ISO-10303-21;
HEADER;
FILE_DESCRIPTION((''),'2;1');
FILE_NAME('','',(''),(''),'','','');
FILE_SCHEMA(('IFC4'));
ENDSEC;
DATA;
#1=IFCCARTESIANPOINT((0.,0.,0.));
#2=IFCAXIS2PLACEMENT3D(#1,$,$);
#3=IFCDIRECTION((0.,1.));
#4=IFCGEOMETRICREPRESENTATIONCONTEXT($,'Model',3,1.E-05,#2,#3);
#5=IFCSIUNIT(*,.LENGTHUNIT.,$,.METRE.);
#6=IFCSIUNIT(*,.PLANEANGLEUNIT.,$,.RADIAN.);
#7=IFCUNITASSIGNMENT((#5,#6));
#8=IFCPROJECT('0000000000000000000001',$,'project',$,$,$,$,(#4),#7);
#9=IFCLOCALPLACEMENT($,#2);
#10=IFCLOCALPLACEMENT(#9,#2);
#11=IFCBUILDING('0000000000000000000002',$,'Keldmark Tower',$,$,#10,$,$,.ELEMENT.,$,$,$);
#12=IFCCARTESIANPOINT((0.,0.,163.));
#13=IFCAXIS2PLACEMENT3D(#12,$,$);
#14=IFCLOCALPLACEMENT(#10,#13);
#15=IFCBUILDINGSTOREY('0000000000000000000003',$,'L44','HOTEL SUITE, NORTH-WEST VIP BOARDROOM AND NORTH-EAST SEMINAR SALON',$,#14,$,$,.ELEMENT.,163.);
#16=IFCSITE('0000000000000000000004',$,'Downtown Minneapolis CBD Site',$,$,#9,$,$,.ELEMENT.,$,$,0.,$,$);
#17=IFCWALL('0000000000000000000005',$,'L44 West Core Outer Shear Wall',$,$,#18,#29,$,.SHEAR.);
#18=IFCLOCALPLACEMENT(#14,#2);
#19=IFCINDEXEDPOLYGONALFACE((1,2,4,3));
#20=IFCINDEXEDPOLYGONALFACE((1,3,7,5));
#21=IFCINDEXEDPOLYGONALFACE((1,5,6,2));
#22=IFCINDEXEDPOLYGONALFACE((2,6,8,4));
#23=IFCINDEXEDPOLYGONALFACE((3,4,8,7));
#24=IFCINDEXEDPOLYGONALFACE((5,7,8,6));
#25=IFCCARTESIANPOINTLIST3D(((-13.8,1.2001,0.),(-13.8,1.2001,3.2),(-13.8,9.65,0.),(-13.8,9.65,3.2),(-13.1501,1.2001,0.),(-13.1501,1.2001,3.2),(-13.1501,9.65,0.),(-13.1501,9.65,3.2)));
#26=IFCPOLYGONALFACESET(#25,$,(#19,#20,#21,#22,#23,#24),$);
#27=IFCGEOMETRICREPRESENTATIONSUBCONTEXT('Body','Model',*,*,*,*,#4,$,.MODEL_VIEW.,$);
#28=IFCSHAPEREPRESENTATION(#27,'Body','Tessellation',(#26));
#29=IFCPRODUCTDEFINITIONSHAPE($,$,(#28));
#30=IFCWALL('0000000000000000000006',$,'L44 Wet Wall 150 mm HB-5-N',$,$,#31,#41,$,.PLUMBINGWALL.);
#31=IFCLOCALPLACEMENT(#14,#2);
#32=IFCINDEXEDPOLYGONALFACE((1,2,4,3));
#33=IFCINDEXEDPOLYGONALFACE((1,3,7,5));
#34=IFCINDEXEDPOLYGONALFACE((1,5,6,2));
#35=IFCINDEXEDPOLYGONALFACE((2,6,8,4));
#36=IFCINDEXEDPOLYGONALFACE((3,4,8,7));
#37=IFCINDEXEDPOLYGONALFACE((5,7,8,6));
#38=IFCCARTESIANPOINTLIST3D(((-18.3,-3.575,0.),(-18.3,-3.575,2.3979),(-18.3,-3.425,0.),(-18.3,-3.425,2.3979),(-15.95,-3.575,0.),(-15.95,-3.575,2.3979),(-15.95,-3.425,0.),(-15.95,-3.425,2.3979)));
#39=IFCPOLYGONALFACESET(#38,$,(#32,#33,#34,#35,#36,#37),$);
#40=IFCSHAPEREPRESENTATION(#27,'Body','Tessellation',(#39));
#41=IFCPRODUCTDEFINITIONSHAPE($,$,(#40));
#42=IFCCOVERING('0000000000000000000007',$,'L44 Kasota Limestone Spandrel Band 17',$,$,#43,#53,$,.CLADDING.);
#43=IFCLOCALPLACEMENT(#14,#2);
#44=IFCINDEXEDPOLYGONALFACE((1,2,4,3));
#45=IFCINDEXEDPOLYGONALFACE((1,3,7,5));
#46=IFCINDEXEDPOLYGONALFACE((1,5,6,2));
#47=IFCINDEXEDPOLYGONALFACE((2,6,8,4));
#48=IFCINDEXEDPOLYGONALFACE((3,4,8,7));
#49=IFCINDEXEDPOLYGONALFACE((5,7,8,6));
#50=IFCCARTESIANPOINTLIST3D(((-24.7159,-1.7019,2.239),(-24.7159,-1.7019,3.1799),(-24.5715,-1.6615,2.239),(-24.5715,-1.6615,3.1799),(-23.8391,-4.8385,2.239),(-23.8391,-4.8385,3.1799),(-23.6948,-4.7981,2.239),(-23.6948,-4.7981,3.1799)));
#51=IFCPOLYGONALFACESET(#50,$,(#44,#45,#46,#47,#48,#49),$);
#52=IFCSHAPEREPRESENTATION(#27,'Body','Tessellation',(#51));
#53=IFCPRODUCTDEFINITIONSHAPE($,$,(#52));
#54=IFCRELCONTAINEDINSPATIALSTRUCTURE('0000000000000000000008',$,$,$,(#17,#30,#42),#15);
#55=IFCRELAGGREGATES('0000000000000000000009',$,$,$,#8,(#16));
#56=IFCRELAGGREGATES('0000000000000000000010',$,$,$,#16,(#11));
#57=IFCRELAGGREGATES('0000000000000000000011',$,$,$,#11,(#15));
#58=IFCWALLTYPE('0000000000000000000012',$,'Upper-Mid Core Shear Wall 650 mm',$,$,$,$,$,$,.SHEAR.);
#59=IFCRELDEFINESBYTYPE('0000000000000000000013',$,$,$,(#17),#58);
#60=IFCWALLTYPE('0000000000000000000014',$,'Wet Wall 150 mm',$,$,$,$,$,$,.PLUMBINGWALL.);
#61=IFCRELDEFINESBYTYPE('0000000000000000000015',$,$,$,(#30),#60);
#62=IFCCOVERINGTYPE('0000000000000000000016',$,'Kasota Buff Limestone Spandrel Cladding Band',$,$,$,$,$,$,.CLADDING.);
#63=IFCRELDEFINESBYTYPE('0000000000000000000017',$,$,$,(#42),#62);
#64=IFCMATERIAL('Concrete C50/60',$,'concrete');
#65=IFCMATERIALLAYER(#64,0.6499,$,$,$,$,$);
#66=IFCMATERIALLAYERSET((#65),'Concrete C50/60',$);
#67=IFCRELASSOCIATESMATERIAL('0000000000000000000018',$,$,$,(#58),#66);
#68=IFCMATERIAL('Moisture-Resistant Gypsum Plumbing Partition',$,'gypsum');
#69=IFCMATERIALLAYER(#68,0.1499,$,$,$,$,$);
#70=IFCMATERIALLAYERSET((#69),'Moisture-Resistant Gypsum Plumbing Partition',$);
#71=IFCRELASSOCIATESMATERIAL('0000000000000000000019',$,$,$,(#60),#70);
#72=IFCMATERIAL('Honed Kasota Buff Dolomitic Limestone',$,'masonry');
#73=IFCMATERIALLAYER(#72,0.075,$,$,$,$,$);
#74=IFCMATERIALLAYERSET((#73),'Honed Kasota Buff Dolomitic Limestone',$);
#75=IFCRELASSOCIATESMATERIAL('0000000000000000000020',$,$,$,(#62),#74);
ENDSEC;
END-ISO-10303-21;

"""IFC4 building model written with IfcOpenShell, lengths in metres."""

from ifc_helpers import new_model, si_unit, direction, frame, frame_2d, origin, origin_2d, place, context, subcontext, project, spatial, rectangle, extrude, material, layer, layer_set, type_object, element, save


model = new_model("IFC4")

# Units and contexts
model_context = context("Model", 3, precision=1e-05, world=origin(), true_north=direction((0.0, 1.0)))
body_context = subcontext(model_context, "Body", "Model", "MODEL_VIEW")
ifc_project = project(units=[si_unit("LENGTHUNIT", "METRE"), si_unit("PLANEANGLEUNIT", "RADIAN")], contexts=[model_context])

# Site, building, storey
site_placement = place(None, origin())
site = spatial("IfcSite", under=ifc_project, at=site_placement, Name="Downtown Minneapolis CBD Site", CompositionType="ELEMENT", RefElevation=0.0)
building_placement = place(site_placement, origin())
building = spatial("IfcBuilding", under=site, at=building_placement, Name="Keldmark Tower", CompositionType="ELEMENT")
storey_placement = place(building_placement, frame((0.0, 0.0, 163.0)))
storey = spatial("IfcBuildingStorey", under=building, at=storey_placement, Name="L44", Description="HOTEL SUITE, NORTH-WEST VIP BOARDROOM AND NORTH-EAST SEMINAR SALON", CompositionType="ELEMENT", Elevation=163.0)

# Walls
ifc_material_1 = material(Name="Concrete C50/60", Category="concrete")
ifc_layer_1 = layer(ifc_material_1, 0.6499)
ifc_layer_set_1 = layer_set([ifc_layer_1], Name="Concrete C50/60")
wall_type_1 = type_object("IfcWallType", Name="Upper-Mid Core Shear Wall 650 mm", PredefinedType="SHEAR", material=ifc_layer_set_1)
wall_1_placement = place(storey_placement, frame((-13.4751, 1.2, 0.0), z_axis=(0.0, 0.0, 1.0), x_axis=(0.0, 1.0, 0.0)))
element("IfcWall", 1, at=wall_1_placement, inside=storey, type_object=wall_type_1, Name="L44 West Core Outer Shear Wall", PredefinedType="SHEAR", context=body_context, shape_type="SweptSolid", body=[
    extrude(rectangle(XDim=8.45, YDim=0.6499, at=frame_2d((4.2251, 0.0))), origin(), (0.0, 0.0, 1.0), 3.2),
])
ifc_material_2 = material(Name="Moisture-Resistant Gypsum Plumbing Partition", Category="gypsum")
ifc_layer_2 = layer(ifc_material_2, 0.1499)
ifc_layer_set_2 = layer_set([ifc_layer_2], Name="Moisture-Resistant Gypsum Plumbing Partition")
wall_type_2 = type_object("IfcWallType", Name="Wet Wall 150 mm", PredefinedType="PLUMBINGWALL", material=ifc_layer_set_2)
wall_2_placement = place(storey_placement, frame((-18.3, -3.5, 0.0), z_axis=(0.0, 0.0, 1.0), x_axis=(1.0, 0.0, 0.0)))
element("IfcWall", 2, at=wall_2_placement, inside=storey, type_object=wall_type_2, Name="L44 Wet Wall 150 mm HB-5-N", PredefinedType="PLUMBINGWALL", context=body_context, shape_type="SweptSolid", body=[
    extrude(rectangle(XDim=2.3501, YDim=0.1499, at=frame_2d((1.175, 0.0))), origin(), (0.0, 0.0, 1.0), 2.3979),
])

# Covering
ifc_material_3 = material(Name="Honed Kasota Buff Dolomitic Limestone", Category="masonry")
ifc_layer_3 = layer(ifc_material_3, 0.075)
ifc_layer_set_3 = layer_set([ifc_layer_3], Name="Honed Kasota Buff Dolomitic Limestone")
covering_type = type_object("IfcCoveringType", Name="Kasota Buff Limestone Spandrel Cladding Band", PredefinedType="CLADDING", material=ifc_layer_set_3)
covering_placement = place(storey_placement, frame((-24.2053, -3.25, 2.239), z_axis=(0.0, 0.0, 1.0), x_axis=(0.269206, -0.963083, 0.0)))
element("IfcCovering", 3, at=covering_placement, inside=storey, type_object=covering_type, Name="L44 Kasota Limestone Spandrel Band 17", PredefinedType="CLADDING", context=body_context, shape_type="SweptSolid", body=[
    extrude(rectangle(XDim=3.2568, YDim=0.1499, at=origin_2d()), origin(), (0.0, 0.0, 1.0), 0.9409),
])

save(model, "model.ifc")
